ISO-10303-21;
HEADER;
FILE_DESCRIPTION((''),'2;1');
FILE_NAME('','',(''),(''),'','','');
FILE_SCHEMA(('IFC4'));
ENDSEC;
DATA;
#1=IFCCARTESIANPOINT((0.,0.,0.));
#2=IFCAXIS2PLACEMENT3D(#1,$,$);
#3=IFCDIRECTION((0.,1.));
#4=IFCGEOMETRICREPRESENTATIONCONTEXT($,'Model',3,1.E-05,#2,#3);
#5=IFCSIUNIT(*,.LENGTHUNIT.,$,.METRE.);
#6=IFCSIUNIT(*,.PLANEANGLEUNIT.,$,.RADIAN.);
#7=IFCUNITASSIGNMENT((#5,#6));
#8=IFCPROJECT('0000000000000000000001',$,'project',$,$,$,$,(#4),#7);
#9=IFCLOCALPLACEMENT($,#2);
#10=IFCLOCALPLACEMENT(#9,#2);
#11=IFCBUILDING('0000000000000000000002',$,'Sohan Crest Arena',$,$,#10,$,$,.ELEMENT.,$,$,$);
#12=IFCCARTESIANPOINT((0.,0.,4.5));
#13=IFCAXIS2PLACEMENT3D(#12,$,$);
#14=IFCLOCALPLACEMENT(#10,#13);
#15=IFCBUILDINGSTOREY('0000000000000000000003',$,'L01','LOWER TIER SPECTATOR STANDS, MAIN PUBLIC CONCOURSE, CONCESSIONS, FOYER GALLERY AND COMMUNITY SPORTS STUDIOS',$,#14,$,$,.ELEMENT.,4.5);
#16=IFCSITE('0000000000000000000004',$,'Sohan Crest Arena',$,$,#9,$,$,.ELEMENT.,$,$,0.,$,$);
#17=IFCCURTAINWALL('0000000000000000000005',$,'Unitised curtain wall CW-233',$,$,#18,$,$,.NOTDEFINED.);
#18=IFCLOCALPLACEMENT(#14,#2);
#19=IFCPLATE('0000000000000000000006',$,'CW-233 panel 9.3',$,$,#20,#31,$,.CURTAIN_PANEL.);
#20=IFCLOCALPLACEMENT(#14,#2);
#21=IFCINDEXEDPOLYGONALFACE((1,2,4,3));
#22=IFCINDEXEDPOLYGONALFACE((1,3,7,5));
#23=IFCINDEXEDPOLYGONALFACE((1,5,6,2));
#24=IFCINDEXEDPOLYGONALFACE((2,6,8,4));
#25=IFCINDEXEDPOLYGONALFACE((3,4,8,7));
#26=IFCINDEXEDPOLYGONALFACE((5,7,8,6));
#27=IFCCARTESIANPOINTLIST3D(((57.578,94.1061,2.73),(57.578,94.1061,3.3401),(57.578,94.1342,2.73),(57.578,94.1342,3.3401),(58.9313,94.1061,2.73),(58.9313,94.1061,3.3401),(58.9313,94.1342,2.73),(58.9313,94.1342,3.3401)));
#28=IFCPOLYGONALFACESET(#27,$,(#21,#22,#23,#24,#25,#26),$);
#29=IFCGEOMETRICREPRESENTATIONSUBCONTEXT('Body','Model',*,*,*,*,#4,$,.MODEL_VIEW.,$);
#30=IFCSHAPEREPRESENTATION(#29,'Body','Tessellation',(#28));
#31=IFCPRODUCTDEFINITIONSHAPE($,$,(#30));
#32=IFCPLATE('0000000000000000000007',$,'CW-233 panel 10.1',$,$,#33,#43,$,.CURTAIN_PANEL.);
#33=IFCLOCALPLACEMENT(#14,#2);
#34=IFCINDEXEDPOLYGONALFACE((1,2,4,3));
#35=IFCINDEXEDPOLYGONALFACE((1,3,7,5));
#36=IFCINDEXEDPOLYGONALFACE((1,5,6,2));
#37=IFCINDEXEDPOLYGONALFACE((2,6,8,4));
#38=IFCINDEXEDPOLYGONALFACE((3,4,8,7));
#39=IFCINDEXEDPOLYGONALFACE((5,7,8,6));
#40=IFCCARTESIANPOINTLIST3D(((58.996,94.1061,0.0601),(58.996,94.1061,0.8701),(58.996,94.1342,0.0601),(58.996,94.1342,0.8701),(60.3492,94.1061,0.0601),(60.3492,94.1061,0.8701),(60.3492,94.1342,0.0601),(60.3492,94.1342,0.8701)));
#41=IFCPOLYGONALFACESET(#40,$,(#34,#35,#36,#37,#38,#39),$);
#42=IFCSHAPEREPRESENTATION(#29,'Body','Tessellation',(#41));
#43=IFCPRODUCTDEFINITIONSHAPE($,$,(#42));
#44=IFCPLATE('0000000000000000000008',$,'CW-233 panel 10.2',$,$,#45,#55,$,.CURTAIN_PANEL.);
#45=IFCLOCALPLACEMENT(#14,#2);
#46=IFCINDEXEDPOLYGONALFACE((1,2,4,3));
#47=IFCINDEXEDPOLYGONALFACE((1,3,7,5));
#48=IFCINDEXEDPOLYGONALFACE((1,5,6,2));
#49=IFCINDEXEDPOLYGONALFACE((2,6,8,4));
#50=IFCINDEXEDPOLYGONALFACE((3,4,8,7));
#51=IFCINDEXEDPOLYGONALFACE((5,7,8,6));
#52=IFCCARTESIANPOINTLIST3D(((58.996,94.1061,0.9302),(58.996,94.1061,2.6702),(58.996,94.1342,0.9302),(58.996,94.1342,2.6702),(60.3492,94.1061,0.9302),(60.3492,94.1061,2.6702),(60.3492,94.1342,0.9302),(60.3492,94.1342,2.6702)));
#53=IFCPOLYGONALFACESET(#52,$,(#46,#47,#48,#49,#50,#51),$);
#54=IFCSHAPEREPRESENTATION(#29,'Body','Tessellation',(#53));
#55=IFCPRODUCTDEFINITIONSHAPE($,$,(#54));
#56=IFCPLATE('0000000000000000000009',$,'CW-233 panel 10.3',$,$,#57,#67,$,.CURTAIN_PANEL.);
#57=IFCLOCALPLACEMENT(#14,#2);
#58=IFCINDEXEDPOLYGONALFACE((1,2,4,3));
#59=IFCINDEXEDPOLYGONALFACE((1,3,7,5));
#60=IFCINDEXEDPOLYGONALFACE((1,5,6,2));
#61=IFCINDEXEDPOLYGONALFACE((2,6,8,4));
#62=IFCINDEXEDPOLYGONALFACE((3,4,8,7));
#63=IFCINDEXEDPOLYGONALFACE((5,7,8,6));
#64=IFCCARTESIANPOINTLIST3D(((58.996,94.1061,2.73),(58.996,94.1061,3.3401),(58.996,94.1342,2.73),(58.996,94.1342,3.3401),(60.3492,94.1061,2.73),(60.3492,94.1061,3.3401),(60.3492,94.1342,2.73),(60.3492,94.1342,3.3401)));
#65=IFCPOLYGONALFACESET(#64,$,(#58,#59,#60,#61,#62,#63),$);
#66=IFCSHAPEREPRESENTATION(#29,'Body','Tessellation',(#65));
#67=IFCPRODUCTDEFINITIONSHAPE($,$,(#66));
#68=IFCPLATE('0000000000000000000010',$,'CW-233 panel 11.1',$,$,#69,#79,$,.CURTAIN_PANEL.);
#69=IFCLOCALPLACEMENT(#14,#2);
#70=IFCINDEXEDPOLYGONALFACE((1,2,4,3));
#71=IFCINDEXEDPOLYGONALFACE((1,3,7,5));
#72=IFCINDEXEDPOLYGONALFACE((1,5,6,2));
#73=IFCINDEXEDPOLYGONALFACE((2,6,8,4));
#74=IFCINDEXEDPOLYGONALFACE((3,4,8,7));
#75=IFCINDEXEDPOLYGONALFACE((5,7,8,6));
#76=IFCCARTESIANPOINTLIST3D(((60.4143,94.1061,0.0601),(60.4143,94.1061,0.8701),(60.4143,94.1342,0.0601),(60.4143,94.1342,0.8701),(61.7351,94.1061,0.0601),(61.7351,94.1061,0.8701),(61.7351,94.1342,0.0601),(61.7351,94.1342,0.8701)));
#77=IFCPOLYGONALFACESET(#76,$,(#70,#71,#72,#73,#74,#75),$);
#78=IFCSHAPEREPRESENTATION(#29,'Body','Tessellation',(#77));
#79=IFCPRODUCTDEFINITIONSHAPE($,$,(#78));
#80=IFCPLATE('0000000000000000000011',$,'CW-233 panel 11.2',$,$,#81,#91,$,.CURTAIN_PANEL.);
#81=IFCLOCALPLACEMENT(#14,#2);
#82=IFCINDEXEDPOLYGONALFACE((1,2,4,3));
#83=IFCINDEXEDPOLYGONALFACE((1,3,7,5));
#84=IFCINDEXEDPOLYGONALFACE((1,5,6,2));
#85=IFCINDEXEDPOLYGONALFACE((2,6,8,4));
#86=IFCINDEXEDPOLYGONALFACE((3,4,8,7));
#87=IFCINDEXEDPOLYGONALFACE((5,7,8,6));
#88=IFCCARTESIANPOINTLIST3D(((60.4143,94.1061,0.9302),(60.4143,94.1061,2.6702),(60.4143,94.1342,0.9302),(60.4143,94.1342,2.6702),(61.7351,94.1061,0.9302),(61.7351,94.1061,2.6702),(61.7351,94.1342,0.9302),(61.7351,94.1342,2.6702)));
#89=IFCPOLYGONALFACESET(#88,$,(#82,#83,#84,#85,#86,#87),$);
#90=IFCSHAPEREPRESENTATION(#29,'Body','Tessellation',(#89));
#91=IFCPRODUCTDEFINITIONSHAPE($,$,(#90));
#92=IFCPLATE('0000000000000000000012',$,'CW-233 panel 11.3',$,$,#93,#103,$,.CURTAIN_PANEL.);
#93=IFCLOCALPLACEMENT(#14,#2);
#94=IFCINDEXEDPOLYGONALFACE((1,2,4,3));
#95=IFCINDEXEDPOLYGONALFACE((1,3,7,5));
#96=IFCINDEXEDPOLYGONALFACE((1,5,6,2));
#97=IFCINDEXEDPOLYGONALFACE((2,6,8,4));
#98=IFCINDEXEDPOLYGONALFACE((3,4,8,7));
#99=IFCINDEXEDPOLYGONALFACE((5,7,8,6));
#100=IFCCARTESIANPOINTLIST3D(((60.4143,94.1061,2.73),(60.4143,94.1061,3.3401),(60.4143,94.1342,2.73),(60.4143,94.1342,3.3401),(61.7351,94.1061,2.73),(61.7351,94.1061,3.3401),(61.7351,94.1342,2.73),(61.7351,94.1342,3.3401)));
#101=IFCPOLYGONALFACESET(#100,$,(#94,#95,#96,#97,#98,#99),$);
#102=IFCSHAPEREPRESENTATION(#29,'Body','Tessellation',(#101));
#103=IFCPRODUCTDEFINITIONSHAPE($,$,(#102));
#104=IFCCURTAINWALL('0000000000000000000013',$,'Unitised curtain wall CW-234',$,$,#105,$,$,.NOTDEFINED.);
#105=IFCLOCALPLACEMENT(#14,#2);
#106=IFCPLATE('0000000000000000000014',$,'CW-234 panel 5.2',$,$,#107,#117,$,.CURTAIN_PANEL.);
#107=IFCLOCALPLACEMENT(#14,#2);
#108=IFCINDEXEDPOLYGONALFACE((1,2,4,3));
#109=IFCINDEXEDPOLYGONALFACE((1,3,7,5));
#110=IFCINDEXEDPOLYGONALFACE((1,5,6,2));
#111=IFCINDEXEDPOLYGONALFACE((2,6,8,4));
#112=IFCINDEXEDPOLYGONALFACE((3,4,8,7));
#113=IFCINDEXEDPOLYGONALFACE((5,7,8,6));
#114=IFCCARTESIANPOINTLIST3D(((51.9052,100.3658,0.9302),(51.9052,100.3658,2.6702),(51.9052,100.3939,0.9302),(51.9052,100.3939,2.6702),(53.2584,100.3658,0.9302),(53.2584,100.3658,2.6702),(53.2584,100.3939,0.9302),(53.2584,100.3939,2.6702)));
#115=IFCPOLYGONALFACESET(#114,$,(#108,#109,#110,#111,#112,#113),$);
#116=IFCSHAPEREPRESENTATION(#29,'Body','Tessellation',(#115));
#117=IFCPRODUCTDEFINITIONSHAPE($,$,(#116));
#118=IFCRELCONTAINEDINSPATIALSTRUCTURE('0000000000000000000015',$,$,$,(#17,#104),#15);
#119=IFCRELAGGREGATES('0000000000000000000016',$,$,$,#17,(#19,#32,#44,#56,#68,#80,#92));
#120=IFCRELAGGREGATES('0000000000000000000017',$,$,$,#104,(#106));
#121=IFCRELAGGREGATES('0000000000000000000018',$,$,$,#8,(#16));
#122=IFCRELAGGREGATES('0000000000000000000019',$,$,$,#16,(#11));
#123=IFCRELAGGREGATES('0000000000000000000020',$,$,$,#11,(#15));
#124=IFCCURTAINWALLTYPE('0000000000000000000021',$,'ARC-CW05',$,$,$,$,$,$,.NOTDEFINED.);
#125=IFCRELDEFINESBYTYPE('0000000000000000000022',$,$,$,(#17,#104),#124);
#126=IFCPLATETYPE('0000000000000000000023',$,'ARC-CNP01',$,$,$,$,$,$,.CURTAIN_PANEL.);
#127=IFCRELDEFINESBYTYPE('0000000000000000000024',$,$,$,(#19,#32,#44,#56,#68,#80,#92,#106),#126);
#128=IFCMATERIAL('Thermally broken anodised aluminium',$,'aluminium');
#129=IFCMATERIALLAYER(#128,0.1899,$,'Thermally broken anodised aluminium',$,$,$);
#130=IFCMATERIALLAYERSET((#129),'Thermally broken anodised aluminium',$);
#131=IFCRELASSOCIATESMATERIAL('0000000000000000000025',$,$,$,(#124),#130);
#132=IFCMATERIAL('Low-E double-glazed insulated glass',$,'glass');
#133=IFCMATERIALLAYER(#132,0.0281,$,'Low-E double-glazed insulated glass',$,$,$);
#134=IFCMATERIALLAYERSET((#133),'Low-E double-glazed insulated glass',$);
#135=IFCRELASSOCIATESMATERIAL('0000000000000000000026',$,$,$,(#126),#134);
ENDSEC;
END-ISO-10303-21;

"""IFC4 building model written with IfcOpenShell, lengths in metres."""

from ifc_helpers import new_model, si_unit, direction, frame, origin, origin_2d, place, context, subcontext, project, spatial, rectangle, extrude, material, layer, layer_set, type_object, element, aggregate, save


model = new_model("IFC4")

# Units and contexts
model_context = context("Model", 3, precision=1e-05, world=origin(), true_north=direction((0.0, 1.0)))
body_context = subcontext(model_context, "Body", "Model", "MODEL_VIEW")
ifc_project = project(units=[si_unit("LENGTHUNIT", "METRE"), si_unit("PLANEANGLEUNIT", "RADIAN")], contexts=[model_context])

# Site, building, storey
site_placement = place(None, origin())
site = spatial("IfcSite", under=ifc_project, at=site_placement, Name="Sohan Crest Arena", CompositionType="ELEMENT", RefElevation=0.0)
building_placement = place(site_placement, origin())
building = spatial("IfcBuilding", under=site, at=building_placement, Name="Sohan Crest Arena", CompositionType="ELEMENT")
storey_placement = place(building_placement, frame((0.0, 0.0, 4.5)))
storey = spatial("IfcBuildingStorey", under=building, at=storey_placement, Name="L01", Description="LOWER TIER SPECTATOR STANDS, MAIN PUBLIC CONCOURSE, CONCESSIONS, FOYER GALLERY AND COMMUNITY SPORTS STUDIOS", CompositionType="ELEMENT", Elevation=4.5)

# Curtain wall, plates
ifc_material_1 = material(Name="Thermally broken anodised aluminium", Category="aluminium")
ifc_layer_1 = layer(ifc_material_1, 0.1899, Name="Thermally broken anodised aluminium")
ifc_layer_set_1 = layer_set([ifc_layer_1], Name="Thermally broken anodised aluminium")
curtain_wall_type = type_object("IfcCurtainWallType", Name="ARC-CW05", PredefinedType="NOTDEFINED", material=ifc_layer_set_1)
curtain_wall_1_placement = place(storey_placement, origin())
curtain_wall_1 = element("IfcCurtainWall", 1, at=curtain_wall_1_placement, inside=storey, type_object=curtain_wall_type, Name="Unitised curtain wall CW-233", PredefinedType="NOTDEFINED")
ifc_material_2 = material(Name="Low-E double-glazed insulated glass", Category="glass")
ifc_layer_2 = layer(ifc_material_2, 0.0281, Name="Low-E double-glazed insulated glass")
ifc_layer_set_2 = layer_set([ifc_layer_2], Name="Low-E double-glazed insulated glass")
plate_type = type_object("IfcPlateType", Name="ARC-CNP01", PredefinedType="CURTAIN_PANEL", material=ifc_layer_set_2)
plate_1_placement = place(storey_placement, frame((58.2546, 94.1201, 2.73), z_axis=(0.0, 0.0, 1.0), x_axis=(1.0, 0.0, 0.0)))
plate_1 = element("IfcPlate", 2, at=plate_1_placement, type_object=plate_type, Name="CW-233 panel 9.3", PredefinedType="CURTAIN_PANEL", context=body_context, shape_type="SweptSolid", body=[
    extrude(rectangle(XDim=1.3533, YDim=0.0281, at=origin_2d()), origin(), (0.0, 0.0, 1.0), 0.6101),
])
plate_2_placement = place(storey_placement, frame((59.6726, 94.1201, 0.0601), z_axis=(0.0, 0.0, 1.0), x_axis=(1.0, 0.0, 0.0)))
plate_2 = element("IfcPlate", 3, at=plate_2_placement, type_object=plate_type, Name="CW-233 panel 10.1", PredefinedType="CURTAIN_PANEL", context=body_context, shape_type="SweptSolid", body=[
    extrude(rectangle(XDim=1.3533, YDim=0.0281, at=origin_2d()), origin(), (0.0, 0.0, 1.0), 0.8101),
])
plate_3_placement = place(storey_placement, frame((59.6726, 94.1201, 0.9302), z_axis=(0.0, 0.0, 1.0), x_axis=(1.0, 0.0, 0.0)))
plate_3 = element("IfcPlate", 4, at=plate_3_placement, type_object=plate_type, Name="CW-233 panel 10.2", PredefinedType="CURTAIN_PANEL", context=body_context, shape_type="SweptSolid", body=[
    extrude(rectangle(XDim=1.3533, YDim=0.0281, at=origin_2d()), origin(), (0.0, 0.0, 1.0), 1.74),
])
plate_4_placement = place(storey_placement, frame((59.6726, 94.1201, 2.73), z_axis=(0.0, 0.0, 1.0), x_axis=(1.0, 0.0, 0.0)))
plate_4 = element("IfcPlate", 5, at=plate_4_placement, type_object=plate_type, Name="CW-233 panel 10.3", PredefinedType="CURTAIN_PANEL", context=body_context, shape_type="SweptSolid", body=[
    extrude(rectangle(XDim=1.3533, YDim=0.0281, at=origin_2d()), origin(), (0.0, 0.0, 1.0), 0.6101),
])
plate_5_placement = place(storey_placement, frame((61.0747, 94.1201, 0.0601), z_axis=(0.0, 0.0, 1.0), x_axis=(1.0, 0.0, 0.0)))
plate_5 = element("IfcPlate", 6, at=plate_5_placement, type_object=plate_type, Name="CW-233 panel 11.1", PredefinedType="CURTAIN_PANEL", context=body_context, shape_type="SweptSolid", body=[
    extrude(rectangle(XDim=1.3208, YDim=0.0281, at=origin_2d()), origin(), (0.0, 0.0, 1.0), 0.8101),
])
plate_6_placement = place(storey_placement, frame((61.0747, 94.1201, 0.9302), z_axis=(0.0, 0.0, 1.0), x_axis=(1.0, 0.0, 0.0)))
plate_6 = element("IfcPlate", 7, at=plate_6_placement, type_object=plate_type, Name="CW-233 panel 11.2", PredefinedType="CURTAIN_PANEL", context=body_context, shape_type="SweptSolid", body=[
    extrude(rectangle(XDim=1.3208, YDim=0.0281, at=origin_2d()), origin(), (0.0, 0.0, 1.0), 1.74),
])
plate_7_placement = place(storey_placement, frame((61.0747, 94.1201, 2.73), z_axis=(0.0, 0.0, 1.0), x_axis=(1.0, 0.0, 0.0)))
plate_7 = element("IfcPlate", 8, at=plate_7_placement, type_object=plate_type, Name="CW-233 panel 11.3", PredefinedType="CURTAIN_PANEL", context=body_context, shape_type="SweptSolid", body=[
    extrude(rectangle(XDim=1.3208, YDim=0.0281, at=origin_2d()), origin(), (0.0, 0.0, 1.0), 0.6101),
])
aggregate(curtain_wall_1, [plate_1, plate_2, plate_3, plate_4, plate_5, plate_6, plate_7])

# Curtain wall, plate
curtain_wall_2_placement = place(storey_placement, origin())
curtain_wall_2 = element("IfcCurtainWall", 9, at=curtain_wall_2_placement, inside=storey, type_object=curtain_wall_type, Name="Unitised curtain wall CW-234", PredefinedType="NOTDEFINED")
plate_8_placement = place(storey_placement, frame((52.5818, 100.3799, 0.9302), z_axis=(0.0, 0.0, 1.0), x_axis=(1.0, 0.0, 0.0)))
plate_8 = element("IfcPlate", 10, at=plate_8_placement, type_object=plate_type, Name="CW-234 panel 5.2", PredefinedType="CURTAIN_PANEL", context=body_context, shape_type="SweptSolid", body=[
    extrude(rectangle(XDim=1.3533, YDim=0.0281, at=origin_2d()), origin(), (0.0, 0.0, 1.0), 1.74),
])
aggregate(curtain_wall_2, [plate_8])

save(model, "model.ifc")
